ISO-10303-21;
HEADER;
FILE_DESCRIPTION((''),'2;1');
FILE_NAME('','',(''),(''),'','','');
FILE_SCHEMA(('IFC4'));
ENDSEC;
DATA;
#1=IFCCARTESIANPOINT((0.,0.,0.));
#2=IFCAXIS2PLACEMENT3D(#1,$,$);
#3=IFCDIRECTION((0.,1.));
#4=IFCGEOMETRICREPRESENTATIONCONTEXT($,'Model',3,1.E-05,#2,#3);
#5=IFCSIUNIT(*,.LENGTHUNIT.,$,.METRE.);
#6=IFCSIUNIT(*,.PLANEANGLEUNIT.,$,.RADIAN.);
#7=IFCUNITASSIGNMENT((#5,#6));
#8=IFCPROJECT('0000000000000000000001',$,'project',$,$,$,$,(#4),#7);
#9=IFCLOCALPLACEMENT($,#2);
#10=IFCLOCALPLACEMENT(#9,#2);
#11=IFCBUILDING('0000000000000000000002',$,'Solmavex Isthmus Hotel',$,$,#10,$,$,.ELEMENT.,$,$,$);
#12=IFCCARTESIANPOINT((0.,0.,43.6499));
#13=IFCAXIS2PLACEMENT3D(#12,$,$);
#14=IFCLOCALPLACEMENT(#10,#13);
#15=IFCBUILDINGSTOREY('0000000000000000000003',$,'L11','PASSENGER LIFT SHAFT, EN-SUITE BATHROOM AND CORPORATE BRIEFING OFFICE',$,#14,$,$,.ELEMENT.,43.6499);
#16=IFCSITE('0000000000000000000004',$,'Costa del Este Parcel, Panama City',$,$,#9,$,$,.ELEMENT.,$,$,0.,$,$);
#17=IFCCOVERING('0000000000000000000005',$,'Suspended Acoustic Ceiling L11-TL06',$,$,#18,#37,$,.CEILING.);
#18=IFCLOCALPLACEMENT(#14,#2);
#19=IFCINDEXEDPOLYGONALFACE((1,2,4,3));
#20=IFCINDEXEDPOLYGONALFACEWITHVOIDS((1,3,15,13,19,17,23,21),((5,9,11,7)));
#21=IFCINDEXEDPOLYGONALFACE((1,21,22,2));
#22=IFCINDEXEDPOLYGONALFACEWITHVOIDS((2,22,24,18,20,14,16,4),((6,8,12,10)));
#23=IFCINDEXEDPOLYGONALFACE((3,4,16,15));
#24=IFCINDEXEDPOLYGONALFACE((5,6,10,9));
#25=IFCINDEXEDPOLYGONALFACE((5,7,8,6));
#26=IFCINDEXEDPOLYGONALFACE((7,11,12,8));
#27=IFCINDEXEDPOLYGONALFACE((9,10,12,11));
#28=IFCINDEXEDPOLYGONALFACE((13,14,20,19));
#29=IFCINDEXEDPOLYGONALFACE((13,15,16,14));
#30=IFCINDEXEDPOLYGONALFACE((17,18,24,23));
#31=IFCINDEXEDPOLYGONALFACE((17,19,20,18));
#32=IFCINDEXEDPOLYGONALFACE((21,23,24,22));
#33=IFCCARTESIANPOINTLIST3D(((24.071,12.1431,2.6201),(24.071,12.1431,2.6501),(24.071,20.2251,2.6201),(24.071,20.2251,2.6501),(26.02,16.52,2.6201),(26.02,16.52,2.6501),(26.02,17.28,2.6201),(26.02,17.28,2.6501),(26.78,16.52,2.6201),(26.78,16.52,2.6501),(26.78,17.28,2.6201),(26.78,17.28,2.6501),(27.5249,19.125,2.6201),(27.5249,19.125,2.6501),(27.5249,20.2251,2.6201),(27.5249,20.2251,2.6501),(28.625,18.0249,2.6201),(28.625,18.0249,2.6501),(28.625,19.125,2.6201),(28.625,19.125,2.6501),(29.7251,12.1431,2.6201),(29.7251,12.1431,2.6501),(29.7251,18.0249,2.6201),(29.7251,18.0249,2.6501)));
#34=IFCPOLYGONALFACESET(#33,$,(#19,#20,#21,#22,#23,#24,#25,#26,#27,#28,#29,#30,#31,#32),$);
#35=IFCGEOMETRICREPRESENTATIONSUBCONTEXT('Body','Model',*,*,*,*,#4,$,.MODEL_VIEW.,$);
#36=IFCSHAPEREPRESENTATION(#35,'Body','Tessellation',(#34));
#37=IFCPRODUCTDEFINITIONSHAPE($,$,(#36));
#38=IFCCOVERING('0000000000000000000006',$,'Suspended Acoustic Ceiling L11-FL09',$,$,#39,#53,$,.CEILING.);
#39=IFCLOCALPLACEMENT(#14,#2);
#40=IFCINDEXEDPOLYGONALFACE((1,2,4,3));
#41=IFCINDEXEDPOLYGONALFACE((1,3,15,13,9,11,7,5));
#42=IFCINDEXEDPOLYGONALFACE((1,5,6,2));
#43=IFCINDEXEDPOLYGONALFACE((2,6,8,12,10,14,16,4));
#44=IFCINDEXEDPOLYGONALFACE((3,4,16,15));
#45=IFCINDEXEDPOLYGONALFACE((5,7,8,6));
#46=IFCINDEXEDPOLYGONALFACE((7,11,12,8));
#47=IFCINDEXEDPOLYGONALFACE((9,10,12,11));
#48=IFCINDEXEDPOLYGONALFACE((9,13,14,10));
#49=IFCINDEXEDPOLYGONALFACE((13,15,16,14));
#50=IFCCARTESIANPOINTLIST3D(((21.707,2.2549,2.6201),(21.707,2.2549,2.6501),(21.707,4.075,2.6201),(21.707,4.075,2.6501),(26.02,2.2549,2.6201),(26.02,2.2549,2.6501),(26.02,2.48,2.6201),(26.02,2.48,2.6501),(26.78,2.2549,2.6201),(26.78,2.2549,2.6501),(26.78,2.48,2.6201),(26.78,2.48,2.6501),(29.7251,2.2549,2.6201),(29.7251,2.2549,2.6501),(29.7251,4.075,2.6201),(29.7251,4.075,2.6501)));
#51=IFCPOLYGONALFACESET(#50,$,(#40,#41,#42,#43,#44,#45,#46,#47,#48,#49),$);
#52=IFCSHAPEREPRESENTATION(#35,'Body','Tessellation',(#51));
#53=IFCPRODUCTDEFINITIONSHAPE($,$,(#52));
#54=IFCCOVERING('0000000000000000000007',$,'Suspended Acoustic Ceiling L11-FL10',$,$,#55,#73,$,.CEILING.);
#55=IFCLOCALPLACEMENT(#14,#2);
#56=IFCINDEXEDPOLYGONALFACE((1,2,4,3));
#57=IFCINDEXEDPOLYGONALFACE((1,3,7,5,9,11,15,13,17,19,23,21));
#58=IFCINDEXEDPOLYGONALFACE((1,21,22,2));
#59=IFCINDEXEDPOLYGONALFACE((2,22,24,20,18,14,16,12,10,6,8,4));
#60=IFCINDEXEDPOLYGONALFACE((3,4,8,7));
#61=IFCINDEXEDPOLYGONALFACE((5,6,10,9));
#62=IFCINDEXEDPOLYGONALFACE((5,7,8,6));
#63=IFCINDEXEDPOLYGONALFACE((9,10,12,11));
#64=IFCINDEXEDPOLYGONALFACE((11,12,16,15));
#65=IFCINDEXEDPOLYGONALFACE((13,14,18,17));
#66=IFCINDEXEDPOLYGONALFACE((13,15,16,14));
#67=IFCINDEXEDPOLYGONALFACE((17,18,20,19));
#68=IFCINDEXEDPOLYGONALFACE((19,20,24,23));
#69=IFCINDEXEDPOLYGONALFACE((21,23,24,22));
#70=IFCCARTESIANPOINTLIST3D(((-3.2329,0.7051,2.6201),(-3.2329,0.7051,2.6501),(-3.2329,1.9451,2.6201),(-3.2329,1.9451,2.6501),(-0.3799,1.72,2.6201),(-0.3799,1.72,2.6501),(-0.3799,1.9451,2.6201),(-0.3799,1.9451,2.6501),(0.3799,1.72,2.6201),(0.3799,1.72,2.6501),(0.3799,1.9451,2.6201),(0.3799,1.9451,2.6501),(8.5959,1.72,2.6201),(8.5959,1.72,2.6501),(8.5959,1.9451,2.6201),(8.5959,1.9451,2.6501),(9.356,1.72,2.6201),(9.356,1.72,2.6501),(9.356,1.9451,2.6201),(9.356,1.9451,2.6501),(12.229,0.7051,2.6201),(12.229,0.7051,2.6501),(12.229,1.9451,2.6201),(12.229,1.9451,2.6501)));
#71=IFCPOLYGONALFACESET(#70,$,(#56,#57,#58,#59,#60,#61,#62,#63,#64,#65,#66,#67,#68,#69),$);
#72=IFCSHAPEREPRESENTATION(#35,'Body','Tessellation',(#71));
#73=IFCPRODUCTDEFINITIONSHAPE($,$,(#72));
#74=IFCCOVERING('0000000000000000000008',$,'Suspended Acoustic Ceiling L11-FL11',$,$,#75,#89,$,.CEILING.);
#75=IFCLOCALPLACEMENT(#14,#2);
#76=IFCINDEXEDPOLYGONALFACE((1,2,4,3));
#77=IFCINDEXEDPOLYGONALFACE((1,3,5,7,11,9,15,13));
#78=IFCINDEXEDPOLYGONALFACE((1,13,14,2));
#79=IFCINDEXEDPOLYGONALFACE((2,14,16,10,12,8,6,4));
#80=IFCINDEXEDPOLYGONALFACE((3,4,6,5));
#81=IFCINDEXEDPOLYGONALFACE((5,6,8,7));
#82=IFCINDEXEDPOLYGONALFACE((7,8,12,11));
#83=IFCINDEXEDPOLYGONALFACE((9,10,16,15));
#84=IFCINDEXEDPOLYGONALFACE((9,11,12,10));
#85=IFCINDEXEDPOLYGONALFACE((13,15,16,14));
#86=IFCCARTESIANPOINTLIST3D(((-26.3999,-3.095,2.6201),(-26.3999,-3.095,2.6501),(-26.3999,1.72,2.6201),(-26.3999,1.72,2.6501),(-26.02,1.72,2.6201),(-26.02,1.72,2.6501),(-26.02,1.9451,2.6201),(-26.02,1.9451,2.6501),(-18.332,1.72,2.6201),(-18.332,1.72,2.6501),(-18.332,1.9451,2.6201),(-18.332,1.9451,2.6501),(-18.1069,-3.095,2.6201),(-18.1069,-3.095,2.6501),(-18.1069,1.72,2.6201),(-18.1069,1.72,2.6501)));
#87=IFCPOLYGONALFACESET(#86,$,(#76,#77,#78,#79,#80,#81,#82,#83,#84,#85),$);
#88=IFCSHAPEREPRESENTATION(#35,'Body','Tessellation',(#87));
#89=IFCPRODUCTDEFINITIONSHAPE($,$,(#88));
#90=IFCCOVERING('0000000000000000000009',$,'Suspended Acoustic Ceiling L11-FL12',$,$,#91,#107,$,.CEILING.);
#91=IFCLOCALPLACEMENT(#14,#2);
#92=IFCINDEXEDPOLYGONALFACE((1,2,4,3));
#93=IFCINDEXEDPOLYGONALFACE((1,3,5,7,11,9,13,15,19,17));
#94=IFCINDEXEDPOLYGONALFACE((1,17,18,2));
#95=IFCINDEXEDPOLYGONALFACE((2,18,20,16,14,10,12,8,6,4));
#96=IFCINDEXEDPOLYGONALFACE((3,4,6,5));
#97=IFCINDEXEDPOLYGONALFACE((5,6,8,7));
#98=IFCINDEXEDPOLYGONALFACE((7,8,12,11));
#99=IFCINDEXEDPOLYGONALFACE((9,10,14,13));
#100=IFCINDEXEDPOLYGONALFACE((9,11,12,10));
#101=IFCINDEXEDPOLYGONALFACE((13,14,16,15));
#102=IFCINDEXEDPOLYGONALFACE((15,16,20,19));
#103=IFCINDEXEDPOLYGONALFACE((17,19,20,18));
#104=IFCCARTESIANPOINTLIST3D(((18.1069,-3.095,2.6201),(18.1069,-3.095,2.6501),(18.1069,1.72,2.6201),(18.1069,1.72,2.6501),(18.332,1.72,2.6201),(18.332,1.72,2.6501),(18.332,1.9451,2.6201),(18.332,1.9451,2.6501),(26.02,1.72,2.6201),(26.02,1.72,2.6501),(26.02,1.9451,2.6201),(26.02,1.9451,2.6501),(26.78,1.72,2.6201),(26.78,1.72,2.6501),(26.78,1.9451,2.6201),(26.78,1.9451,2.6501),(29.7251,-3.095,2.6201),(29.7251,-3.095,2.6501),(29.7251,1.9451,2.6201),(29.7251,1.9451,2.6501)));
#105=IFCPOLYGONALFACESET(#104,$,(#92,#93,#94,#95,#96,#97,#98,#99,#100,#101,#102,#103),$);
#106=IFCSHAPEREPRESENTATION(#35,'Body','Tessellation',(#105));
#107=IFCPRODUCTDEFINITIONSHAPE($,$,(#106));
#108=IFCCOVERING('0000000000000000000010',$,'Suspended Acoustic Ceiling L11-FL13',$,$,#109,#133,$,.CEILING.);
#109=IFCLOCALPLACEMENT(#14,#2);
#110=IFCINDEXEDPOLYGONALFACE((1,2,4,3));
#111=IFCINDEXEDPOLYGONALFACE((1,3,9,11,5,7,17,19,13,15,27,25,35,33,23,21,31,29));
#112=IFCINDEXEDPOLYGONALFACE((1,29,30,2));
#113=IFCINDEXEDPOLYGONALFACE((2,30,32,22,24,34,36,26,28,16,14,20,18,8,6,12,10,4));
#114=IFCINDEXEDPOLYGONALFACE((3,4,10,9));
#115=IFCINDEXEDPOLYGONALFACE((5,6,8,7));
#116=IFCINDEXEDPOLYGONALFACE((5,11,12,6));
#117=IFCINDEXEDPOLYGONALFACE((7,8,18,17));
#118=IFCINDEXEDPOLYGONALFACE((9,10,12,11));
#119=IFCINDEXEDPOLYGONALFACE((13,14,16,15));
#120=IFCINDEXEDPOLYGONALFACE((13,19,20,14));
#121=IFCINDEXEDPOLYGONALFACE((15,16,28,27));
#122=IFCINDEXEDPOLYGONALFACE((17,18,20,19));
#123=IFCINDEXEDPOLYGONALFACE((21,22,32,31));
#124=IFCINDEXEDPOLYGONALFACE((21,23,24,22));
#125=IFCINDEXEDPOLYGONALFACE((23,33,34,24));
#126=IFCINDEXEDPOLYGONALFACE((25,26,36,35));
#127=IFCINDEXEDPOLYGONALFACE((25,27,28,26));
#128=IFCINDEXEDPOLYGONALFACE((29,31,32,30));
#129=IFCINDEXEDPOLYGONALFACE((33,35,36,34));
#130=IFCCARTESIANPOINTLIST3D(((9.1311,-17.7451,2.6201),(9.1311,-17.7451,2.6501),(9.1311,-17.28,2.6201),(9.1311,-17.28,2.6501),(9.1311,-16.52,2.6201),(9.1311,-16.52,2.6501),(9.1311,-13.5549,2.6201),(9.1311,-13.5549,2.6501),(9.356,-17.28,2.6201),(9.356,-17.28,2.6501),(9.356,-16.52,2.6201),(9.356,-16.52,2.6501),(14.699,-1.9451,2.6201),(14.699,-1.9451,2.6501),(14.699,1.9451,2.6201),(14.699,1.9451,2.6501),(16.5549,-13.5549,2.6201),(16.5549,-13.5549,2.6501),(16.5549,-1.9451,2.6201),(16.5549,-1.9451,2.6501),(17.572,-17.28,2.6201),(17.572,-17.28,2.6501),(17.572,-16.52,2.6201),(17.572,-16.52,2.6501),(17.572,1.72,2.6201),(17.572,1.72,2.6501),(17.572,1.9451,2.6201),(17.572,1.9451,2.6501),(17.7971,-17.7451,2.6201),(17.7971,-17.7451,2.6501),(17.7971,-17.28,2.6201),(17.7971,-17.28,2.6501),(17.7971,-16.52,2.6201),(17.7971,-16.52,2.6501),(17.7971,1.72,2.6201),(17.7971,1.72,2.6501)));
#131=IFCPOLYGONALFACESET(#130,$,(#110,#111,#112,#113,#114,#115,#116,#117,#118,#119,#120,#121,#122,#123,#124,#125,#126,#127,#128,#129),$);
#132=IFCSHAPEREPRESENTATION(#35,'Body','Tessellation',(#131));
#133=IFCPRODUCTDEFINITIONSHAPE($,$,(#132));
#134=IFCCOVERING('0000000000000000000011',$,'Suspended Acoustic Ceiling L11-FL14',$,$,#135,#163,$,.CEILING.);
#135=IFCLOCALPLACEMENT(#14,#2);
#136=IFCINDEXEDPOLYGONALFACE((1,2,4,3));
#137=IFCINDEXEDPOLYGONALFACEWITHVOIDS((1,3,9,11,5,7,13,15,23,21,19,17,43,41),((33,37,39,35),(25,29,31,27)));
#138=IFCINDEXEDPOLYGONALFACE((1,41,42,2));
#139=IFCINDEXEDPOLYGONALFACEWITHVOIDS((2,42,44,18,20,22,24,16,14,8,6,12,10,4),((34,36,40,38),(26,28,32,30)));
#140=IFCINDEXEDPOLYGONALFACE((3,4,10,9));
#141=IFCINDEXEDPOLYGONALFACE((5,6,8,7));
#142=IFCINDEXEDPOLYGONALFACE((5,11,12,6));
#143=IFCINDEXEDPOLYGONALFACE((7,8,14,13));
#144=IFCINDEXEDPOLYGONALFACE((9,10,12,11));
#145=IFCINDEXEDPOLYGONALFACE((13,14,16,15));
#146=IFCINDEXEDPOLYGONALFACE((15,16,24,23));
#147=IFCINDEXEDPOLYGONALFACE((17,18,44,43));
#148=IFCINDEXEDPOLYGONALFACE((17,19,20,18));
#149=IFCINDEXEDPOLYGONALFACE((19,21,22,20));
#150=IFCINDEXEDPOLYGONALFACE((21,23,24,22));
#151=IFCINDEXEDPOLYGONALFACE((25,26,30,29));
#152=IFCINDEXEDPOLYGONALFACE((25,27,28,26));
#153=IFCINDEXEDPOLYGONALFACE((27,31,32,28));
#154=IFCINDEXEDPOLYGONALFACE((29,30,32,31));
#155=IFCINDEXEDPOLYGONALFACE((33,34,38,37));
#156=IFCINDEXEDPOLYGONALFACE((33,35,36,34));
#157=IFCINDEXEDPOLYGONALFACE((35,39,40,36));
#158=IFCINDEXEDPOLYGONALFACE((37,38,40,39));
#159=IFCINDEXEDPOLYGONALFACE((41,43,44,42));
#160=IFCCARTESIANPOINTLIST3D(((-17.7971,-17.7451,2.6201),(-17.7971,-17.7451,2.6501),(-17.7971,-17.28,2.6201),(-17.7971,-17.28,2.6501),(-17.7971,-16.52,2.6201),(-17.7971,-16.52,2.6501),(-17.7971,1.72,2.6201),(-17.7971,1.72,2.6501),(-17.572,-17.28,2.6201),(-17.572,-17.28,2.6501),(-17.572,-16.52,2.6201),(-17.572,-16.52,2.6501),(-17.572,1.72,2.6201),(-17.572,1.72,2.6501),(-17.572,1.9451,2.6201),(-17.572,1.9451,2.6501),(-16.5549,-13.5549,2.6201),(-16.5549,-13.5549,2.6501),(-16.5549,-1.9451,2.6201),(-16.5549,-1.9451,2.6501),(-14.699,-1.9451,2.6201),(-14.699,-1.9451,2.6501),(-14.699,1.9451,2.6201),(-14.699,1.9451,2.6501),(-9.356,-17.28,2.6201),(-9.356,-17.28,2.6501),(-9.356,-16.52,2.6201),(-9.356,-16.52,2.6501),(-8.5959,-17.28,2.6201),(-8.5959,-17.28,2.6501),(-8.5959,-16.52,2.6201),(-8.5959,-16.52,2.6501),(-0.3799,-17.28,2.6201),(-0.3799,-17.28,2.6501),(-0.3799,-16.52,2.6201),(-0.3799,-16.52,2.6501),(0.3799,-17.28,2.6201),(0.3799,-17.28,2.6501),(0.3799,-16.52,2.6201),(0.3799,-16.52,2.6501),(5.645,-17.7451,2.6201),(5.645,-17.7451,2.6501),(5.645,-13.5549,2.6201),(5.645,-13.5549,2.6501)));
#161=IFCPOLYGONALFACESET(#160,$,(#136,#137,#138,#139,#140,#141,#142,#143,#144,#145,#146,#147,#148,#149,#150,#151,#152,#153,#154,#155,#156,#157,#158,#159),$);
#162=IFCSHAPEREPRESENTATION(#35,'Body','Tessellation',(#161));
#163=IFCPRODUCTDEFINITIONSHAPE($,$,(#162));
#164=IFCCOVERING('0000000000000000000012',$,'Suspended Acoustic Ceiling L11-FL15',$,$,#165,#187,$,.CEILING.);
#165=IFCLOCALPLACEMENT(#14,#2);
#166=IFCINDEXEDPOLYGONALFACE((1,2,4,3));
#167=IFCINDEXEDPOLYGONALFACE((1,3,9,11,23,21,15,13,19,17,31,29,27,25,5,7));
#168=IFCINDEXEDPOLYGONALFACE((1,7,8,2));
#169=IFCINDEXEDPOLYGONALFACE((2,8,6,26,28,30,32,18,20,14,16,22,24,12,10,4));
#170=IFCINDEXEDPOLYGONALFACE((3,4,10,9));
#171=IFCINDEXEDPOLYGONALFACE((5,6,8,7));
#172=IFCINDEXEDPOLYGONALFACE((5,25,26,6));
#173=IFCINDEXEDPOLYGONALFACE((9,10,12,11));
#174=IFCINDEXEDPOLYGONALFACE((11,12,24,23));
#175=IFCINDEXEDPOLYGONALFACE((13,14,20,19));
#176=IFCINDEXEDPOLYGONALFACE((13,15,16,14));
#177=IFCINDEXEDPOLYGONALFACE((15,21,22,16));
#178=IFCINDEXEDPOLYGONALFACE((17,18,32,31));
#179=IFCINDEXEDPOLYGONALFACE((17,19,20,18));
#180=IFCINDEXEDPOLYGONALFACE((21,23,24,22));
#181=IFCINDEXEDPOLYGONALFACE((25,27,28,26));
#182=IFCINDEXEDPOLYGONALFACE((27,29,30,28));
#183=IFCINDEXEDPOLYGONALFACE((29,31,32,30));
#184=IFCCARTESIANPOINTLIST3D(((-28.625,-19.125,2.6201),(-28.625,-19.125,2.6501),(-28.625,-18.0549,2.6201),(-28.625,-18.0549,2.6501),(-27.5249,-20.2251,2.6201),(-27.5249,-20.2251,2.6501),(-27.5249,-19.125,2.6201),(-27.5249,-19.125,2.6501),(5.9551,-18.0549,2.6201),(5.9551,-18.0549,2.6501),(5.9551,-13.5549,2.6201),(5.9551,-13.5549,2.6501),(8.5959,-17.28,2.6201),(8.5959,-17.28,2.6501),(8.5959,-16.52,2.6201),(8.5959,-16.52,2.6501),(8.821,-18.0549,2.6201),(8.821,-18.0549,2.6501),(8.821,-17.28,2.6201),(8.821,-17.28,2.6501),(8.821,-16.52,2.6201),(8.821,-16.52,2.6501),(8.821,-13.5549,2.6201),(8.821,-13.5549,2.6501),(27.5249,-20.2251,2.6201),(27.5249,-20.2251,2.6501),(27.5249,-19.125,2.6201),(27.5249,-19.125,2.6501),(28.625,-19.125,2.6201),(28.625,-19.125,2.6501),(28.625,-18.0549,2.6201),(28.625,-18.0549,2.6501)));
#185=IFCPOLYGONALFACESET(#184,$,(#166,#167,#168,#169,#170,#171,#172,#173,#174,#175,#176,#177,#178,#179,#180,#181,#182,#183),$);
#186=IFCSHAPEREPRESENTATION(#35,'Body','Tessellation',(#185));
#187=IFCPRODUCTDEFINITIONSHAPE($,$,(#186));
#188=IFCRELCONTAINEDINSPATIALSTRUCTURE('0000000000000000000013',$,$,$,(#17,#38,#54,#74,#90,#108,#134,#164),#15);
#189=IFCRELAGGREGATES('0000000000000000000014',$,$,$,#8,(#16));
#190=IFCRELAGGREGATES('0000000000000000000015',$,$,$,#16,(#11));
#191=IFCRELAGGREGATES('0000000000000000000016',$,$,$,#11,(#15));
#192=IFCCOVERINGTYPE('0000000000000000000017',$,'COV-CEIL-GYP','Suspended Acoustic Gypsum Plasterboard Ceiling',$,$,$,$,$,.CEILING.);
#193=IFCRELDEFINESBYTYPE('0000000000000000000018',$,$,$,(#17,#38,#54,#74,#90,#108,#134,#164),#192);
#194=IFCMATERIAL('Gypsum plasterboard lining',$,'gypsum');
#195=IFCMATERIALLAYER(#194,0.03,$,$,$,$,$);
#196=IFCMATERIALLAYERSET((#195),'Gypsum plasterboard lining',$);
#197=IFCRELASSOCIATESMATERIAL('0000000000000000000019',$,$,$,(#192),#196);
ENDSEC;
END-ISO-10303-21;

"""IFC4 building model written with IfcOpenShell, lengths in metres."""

from ifc_helpers import new_model, si_unit, direction, frame, origin, place, context, subcontext, project, spatial, polyline, outline, extrude, material, layer, layer_set, type_object, element, save


model = new_model("IFC4")

# Units and contexts
model_context = context("Model", 3, precision=1e-05, world=origin(), true_north=direction((0.0, 1.0)))
body_context = subcontext(model_context, "Body", "Model", "MODEL_VIEW")
ifc_project = project(units=[si_unit("LENGTHUNIT", "METRE"), si_unit("PLANEANGLEUNIT", "RADIAN")], contexts=[model_context])

# Site, building, storey
site_placement = place(None, origin())
site = spatial("IfcSite", under=ifc_project, at=site_placement, Name="Costa del Este Parcel, Panama City", CompositionType="ELEMENT", RefElevation=0.0)
building_placement = place(site_placement, origin())
building = spatial("IfcBuilding", under=site, at=building_placement, Name="Solmavex Isthmus Hotel", CompositionType="ELEMENT")
storey_placement = place(building_placement, frame((0.0, 0.0, 43.6499)))
storey = spatial("IfcBuildingStorey", under=building, at=storey_placement, Name="L11", Description="PASSENGER LIFT SHAFT, EN-SUITE BATHROOM AND CORPORATE BRIEFING OFFICE", CompositionType="ELEMENT", Elevation=43.6499)

# Shared definitions
ifc_material_1 = material(Name="Gypsum plasterboard lining", Category="gypsum")

# Coverings
ifc_layer_1 = layer(ifc_material_1, 0.03)
ifc_layer_set_1 = layer_set([ifc_layer_1], Name="Gypsum plasterboard lining")
covering_type_1 = type_object("IfcCoveringType", Name="COV-CEIL-GYP", Description="Suspended Acoustic Gypsum Plasterboard Ceiling", PredefinedType="CEILING", material=ifc_layer_set_1)
covering_1_placement = place(storey_placement, frame((0.0, 0.0, 2.6201)))
element("IfcCovering", 1, at=covering_1_placement, inside=storey, type_object=covering_type_1, Name="Suspended Acoustic Ceiling L11-TL06", PredefinedType="CEILING", context=body_context, shape_type="SweptSolid", body=[
    extrude(outline(polyline([(27.5249, 19.125), (27.5249, 20.2251), (24.071, 20.2251), (24.071, 12.1431), (29.7251, 12.1431), (29.7251, 18.0249), (28.625, 18.0249), (28.625, 19.125), (27.5249, 19.125)]), holes=[polyline([(26.02, 16.52), (26.02, 17.28), (26.78, 17.28), (26.78, 16.52), (26.02, 16.52)])]), origin(), (0.0, 0.0, 1.0), 0.03),
])
covering_2_placement = place(storey_placement, frame((0.0, 0.0, 2.6201)))
element("IfcCovering", 2, at=covering_2_placement, inside=storey, type_object=covering_type_1, Name="Suspended Acoustic Ceiling L11-FL09", PredefinedType="CEILING", context=body_context, shape_type="SweptSolid", body=[
    extrude(outline(polyline([(26.02, 2.2549), (26.02, 2.48), (26.78, 2.48), (26.78, 2.2549), (29.7251, 2.2549), (29.7251, 4.075), (21.707, 4.075), (21.707, 2.2549), (26.02, 2.2549)])), origin(), (0.0, 0.0, 1.0), 0.03),
])
covering_3_placement = place(storey_placement, frame((0.0, 0.0, 2.6201)))
element("IfcCovering", 3, at=covering_3_placement, inside=storey, type_object=covering_type_1, Name="Suspended Acoustic Ceiling L11-FL10", PredefinedType="CEILING", context=body_context, shape_type="SweptSolid", body=[
    extrude(outline(polyline([(0.3799, 1.9451), (0.3799, 1.72), (-0.3799, 1.72), (-0.3799, 1.9451), (-3.2329, 1.9451), (-3.2329, 0.7051), (12.229, 0.7051), (12.229, 1.9451), (9.356, 1.9451), (9.356, 1.72), (8.5959, 1.72), (8.5959, 1.9451), (0.3799, 1.9451)])), origin(), (0.0, 0.0, 1.0), 0.03),
])
covering_4_placement = place(storey_placement, frame((0.0, 0.0, 2.6201)))
element("IfcCovering", 4, at=covering_4_placement, inside=storey, type_object=covering_type_1, Name="Suspended Acoustic Ceiling L11-FL11", PredefinedType="CEILING", context=body_context, shape_type="SweptSolid", body=[
    extrude(outline(polyline([(-26.02, 1.9451), (-26.02, 1.72), (-26.3999, 1.72), (-26.3999, -3.095), (-18.1069, -3.095), (-18.1069, 1.72), (-18.332, 1.72), (-18.332, 1.9451), (-26.02, 1.9451)])), origin(), (0.0, 0.0, 1.0), 0.03),
])
covering_5_placement = place(storey_placement, frame((0.0, 0.0, 2.6201)))
element("IfcCovering", 5, at=covering_5_placement, inside=storey, type_object=covering_type_1, Name="Suspended Acoustic Ceiling L11-FL12", PredefinedType="CEILING", context=body_context, shape_type="SweptSolid", body=[
    extrude(outline(polyline([(26.78, 1.9451), (26.78, 1.72), (26.02, 1.72), (26.02, 1.9451), (18.332, 1.9451), (18.332, 1.72), (18.1069, 1.72), (18.1069, -3.095), (29.7251, -3.095), (29.7251, 1.9451), (26.78, 1.9451)])), origin(), (0.0, 0.0, 1.0), 0.03),
])
covering_6_placement = place(storey_placement, frame((0.0, 0.0, 2.6201)))
element("IfcCovering", 6, at=covering_6_placement, inside=storey, type_object=covering_type_1, Name="Suspended Acoustic Ceiling L11-FL13", PredefinedType="CEILING", context=body_context, shape_type="SweptSolid", body=[
    extrude(outline(polyline([(17.7971, 1.72), (17.572, 1.72), (17.572, 1.9451), (14.699, 1.9451), (14.699, -1.9451), (16.5549, -1.9451), (16.5549, -13.5549), (9.1311, -13.5549), (9.1311, -16.52), (9.356, -16.52), (9.356, -17.28), (9.1311, -17.28), (9.1311, -17.7451), (17.7971, -17.7451), (17.7971, -17.28), (17.572, -17.28), (17.572, -16.52), (17.7971, -16.52), (17.7971, 1.72)])), origin(), (0.0, 0.0, 1.0), 0.03),
])
covering_7_placement = place(storey_placement, frame((0.0, 0.0, 2.6201)))
element("IfcCovering", 7, at=covering_7_placement, inside=storey, type_object=covering_type_1, Name="Suspended Acoustic Ceiling L11-FL14", PredefinedType="CEILING", context=body_context, shape_type="SweptSolid", body=[
    extrude(outline(polyline([(-17.7971, -16.52), (-17.572, -16.52), (-17.572, -17.28), (-17.7971, -17.28), (-17.7971, -17.7451), (5.645, -17.7451), (5.645, -13.5549), (-16.5549, -13.5549), (-16.5549, -1.9451), (-14.699, -1.9451), (-14.699, 1.9451), (-17.572, 1.9451), (-17.572, 1.72), (-17.7971, 1.72), (-17.7971, -16.52)]), holes=[polyline([(-0.3799, -17.28), (-0.3799, -16.52), (0.3799, -16.52), (0.3799, -17.28), (-0.3799, -17.28)]), polyline([(-9.356, -17.28), (-9.356, -16.52), (-8.5959, -16.52), (-8.5959, -17.28), (-9.356, -17.28)])]), origin(), (0.0, 0.0, 1.0), 0.03),
])
covering_8_placement = place(storey_placement, frame((0.0, 0.0, 2.6201)))
element("IfcCovering", 8, at=covering_8_placement, inside=storey, type_object=covering_type_1, Name="Suspended Acoustic Ceiling L11-FL15", PredefinedType="CEILING", context=body_context, shape_type="SweptSolid", body=[
    extrude(outline(polyline([(-28.625, -18.0549), (-28.625, -19.125), (-27.5249, -19.125), (-27.5249, -20.2251), (27.5249, -20.2251), (27.5249, -19.125), (28.625, -19.125), (28.625, -18.0549), (8.821, -18.0549), (8.821, -17.28), (8.5959, -17.28), (8.5959, -16.52), (8.821, -16.52), (8.821, -13.5549), (5.9551, -13.5549), (5.9551, -18.0549), (-28.625, -18.0549)])), origin(), (0.0, 0.0, 1.0), 0.03),
])

save(model, "model.ifc")
